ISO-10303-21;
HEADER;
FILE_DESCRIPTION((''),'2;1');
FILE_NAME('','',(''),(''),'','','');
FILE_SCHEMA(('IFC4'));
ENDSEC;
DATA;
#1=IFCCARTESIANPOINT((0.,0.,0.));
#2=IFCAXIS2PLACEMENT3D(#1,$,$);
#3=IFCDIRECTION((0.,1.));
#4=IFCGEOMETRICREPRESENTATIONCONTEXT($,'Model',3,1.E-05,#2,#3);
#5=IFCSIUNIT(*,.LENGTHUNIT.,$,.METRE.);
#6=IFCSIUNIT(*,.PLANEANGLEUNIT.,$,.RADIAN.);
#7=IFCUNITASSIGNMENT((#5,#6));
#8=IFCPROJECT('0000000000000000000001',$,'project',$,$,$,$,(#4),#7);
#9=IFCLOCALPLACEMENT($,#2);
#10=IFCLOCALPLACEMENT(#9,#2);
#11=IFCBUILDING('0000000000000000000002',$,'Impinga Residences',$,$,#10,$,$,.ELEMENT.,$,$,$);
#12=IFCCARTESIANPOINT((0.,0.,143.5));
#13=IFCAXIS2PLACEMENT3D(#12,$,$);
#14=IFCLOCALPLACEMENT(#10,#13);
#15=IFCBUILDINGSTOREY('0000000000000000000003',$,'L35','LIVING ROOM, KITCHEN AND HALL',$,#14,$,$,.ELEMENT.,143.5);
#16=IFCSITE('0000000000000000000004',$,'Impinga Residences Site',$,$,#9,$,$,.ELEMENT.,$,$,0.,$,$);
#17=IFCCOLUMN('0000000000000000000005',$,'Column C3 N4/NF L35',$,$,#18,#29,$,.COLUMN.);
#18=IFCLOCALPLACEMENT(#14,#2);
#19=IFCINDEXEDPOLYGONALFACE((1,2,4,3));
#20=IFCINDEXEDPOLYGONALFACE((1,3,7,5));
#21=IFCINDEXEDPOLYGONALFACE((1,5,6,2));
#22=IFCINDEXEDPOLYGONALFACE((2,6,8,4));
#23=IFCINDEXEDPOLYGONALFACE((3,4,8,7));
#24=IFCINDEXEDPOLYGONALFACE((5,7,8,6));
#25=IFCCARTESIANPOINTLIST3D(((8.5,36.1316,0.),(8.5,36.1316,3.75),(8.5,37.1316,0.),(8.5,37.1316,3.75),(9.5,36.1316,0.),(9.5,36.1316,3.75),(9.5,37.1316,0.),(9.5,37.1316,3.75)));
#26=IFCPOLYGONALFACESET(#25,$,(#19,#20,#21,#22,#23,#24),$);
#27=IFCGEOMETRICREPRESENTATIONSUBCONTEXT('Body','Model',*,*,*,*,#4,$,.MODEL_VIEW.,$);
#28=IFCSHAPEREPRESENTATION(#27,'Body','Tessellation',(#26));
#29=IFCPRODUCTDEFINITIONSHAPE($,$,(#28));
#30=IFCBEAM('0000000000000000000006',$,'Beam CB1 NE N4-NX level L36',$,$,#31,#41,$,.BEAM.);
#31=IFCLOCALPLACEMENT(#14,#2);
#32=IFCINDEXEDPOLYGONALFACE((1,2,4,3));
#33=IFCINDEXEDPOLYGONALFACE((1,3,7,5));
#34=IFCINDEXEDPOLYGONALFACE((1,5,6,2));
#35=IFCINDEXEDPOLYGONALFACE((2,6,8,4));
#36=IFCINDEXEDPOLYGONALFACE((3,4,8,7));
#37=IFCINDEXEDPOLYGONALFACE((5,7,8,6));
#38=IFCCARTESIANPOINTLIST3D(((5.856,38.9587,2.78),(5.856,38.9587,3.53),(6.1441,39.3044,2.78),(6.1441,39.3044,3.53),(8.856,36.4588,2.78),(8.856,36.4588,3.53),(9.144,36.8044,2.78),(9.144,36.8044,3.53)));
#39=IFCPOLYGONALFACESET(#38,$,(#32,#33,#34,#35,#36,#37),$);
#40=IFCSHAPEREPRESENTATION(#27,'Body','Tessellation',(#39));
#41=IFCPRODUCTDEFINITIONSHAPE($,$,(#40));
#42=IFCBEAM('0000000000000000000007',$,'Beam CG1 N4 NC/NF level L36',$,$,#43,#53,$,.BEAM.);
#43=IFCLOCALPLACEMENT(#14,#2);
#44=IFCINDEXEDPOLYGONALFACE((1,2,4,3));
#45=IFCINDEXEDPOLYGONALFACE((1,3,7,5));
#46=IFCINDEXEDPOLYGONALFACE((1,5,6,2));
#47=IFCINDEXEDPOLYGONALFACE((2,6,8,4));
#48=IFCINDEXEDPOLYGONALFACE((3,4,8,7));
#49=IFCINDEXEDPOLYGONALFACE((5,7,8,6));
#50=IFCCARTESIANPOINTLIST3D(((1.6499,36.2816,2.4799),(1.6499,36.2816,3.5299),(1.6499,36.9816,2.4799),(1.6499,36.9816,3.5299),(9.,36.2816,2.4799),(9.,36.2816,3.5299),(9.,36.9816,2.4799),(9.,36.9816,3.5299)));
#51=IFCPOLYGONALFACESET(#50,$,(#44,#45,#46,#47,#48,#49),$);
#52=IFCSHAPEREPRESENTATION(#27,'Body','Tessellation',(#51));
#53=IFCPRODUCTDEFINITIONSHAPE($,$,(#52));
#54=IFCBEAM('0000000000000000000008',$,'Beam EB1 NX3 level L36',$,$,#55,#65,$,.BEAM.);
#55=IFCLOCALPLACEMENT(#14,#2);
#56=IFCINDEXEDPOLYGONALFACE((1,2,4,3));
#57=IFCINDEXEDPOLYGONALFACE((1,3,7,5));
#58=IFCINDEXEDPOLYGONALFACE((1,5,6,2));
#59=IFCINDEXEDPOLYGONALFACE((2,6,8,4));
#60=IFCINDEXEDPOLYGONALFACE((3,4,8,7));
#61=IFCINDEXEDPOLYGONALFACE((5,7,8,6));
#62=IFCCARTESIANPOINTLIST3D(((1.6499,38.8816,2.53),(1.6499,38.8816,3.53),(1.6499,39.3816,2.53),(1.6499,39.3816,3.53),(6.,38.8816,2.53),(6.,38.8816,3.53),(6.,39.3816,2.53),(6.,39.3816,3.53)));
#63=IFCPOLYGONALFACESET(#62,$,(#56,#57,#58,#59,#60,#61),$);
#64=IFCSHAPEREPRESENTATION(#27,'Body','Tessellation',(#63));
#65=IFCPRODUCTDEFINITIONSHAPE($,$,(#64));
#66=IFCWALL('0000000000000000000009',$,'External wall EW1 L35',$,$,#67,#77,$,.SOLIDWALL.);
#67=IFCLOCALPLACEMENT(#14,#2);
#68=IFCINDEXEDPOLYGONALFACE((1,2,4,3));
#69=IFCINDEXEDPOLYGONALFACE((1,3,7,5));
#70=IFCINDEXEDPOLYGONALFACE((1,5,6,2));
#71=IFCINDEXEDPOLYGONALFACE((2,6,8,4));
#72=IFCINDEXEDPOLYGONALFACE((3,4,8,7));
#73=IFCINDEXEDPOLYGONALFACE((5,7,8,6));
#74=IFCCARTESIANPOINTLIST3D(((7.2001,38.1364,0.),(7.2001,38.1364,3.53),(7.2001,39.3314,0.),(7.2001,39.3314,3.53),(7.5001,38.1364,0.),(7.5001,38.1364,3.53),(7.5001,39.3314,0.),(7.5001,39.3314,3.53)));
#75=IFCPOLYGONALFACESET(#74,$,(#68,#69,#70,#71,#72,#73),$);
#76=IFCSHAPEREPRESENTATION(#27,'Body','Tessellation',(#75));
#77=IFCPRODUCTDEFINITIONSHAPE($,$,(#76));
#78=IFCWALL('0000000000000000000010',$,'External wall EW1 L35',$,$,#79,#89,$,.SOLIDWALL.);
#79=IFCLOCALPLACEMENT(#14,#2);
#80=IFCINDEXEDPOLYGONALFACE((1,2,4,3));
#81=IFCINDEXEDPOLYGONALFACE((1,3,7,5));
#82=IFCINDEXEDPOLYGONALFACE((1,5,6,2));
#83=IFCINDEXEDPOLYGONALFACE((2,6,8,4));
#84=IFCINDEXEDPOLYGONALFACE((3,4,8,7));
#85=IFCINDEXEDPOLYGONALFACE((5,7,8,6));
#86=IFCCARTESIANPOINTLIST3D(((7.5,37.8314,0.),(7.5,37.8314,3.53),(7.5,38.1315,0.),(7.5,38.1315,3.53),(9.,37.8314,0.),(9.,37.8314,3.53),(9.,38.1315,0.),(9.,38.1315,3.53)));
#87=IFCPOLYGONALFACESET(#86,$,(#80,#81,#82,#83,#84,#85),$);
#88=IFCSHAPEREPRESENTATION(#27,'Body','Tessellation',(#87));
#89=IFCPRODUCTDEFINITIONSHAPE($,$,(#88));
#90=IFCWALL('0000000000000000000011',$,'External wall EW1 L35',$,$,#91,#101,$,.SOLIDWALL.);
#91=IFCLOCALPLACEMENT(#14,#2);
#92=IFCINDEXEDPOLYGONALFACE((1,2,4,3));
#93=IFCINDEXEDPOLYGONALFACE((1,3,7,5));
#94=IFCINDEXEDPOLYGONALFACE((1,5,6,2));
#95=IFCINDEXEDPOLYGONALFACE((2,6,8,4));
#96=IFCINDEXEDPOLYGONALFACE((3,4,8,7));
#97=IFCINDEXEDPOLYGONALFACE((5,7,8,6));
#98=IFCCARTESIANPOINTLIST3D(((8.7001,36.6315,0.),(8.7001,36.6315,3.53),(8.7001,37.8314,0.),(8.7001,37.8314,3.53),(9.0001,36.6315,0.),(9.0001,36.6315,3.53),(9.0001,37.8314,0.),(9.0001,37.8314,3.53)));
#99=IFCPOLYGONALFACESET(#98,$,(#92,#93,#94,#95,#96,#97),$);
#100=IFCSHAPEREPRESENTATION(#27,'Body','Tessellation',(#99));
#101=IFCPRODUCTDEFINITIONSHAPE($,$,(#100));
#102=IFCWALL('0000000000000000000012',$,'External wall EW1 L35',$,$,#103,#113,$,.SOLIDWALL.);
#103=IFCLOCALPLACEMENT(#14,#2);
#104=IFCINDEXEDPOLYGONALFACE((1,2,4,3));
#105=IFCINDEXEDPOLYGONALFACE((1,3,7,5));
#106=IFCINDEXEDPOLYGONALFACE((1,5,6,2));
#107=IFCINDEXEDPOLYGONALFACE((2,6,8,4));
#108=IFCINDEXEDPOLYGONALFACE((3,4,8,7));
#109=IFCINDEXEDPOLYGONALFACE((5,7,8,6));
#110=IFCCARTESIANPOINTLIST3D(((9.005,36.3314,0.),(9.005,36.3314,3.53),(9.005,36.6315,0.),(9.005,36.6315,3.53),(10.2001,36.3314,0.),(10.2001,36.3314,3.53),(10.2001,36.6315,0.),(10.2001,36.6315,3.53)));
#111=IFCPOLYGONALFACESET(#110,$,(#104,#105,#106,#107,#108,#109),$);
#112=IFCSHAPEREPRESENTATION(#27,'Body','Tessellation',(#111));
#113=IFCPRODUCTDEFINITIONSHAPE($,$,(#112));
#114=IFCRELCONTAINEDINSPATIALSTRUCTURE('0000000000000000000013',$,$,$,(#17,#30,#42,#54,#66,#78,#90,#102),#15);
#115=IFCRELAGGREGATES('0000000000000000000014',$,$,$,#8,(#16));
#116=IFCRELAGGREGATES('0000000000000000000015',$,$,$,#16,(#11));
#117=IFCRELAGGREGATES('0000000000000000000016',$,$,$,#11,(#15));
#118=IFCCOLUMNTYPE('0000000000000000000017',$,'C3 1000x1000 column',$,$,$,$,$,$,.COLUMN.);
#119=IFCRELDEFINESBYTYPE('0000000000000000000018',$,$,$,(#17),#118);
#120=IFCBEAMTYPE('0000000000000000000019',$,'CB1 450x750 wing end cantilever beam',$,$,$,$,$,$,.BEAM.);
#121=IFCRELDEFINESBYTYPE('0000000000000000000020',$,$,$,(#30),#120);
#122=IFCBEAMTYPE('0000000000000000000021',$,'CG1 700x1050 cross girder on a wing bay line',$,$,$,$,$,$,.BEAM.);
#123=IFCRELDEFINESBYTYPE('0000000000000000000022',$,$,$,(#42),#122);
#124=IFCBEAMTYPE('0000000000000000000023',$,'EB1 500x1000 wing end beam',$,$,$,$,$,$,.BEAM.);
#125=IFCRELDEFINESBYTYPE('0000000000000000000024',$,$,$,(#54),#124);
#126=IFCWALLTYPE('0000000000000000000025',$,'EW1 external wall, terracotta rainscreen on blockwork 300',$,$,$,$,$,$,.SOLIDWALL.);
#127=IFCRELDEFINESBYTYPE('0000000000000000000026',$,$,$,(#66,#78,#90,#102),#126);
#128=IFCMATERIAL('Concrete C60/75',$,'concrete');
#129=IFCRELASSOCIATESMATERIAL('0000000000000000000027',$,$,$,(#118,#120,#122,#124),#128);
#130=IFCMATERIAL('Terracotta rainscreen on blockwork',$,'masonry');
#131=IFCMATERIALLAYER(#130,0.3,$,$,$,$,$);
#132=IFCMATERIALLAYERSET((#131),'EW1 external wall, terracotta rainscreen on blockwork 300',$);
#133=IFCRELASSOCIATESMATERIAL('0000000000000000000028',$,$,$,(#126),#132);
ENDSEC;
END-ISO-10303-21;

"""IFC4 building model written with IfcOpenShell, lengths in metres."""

from ifc_helpers import new_model, si_unit, direction, frame, frame_2d, origin, origin_2d, place, context, subcontext, project, spatial, rectangle, extrude, material, layer, layer_set, material_profile, profile_set, type_object, element, save


model = new_model("IFC4")

# Units and contexts
model_context = context("Model", 3, precision=1e-05, world=origin(), true_north=direction((0.0, 1.0)))
body_context = subcontext(model_context, "Body", "Model", "MODEL_VIEW")
ifc_project = project(units=[si_unit("LENGTHUNIT", "METRE"), si_unit("PLANEANGLEUNIT", "RADIAN")], contexts=[model_context])

# Site, building, storey
site_placement = place(None, origin())
site = spatial("IfcSite", under=ifc_project, at=site_placement, Name="Impinga Residences Site", CompositionType="ELEMENT", RefElevation=0.0)
building_placement = place(site_placement, origin())
building = spatial("IfcBuilding", under=site, at=building_placement, Name="Impinga Residences", CompositionType="ELEMENT")
storey_placement = place(building_placement, frame((0.0, 0.0, 143.5)))
storey = spatial("IfcBuildingStorey", under=building, at=storey_placement, Name="L35", Description="LIVING ROOM, KITCHEN AND HALL", CompositionType="ELEMENT", Elevation=143.5)

# Column
ifc_material_1 = material(Name="Concrete C60/75", Category="concrete")
ifc_material_profile_1 = material_profile(ifc_material_1, rectangle(XDim=1.0, YDim=1.0, at=origin_2d()), Name="RC 1000x1000")
ifc_profile_set_1 = profile_set([ifc_material_profile_1], Name="Concrete C60/75")
column_type = type_object("IfcColumnType", Name="C3 1000x1000 column", PredefinedType="COLUMN", material=ifc_profile_set_1)
column_placement = place(storey_placement, frame((9.0, 36.6316, 0.0), z_axis=(0.0, 0.0, 1.0), x_axis=(1.0, 0.0, 0.0)))
element("IfcColumn", 1, at=column_placement, inside=storey, type_object=column_type, Name="Column C3 N4/NF L35", PredefinedType="COLUMN", context=body_context, shape_type="SweptSolid", body=[
    extrude(rectangle(XDim=1.0, YDim=1.0, at=origin_2d()), origin(), (0.0, 0.0, 1.0), 3.75),
])

# Beams
ifc_material_profile_2 = material_profile(ifc_material_1, rectangle(XDim=0.45, YDim=0.75, at=origin_2d()), Name="RC 450x750")
ifc_profile_set_2 = profile_set([ifc_material_profile_2], Name="Concrete C60/75")
beam_type_1 = type_object("IfcBeamType", Name="CB1 450x750 wing end cantilever beam", PredefinedType="BEAM", material=ifc_profile_set_2)
beam_1_placement = place(storey_placement, frame((9.0, 36.6316, 3.155), z_axis=(-0.768221, 0.640184, 0.0), x_axis=(-0.640184, -0.768221, 0.0)))
element("IfcBeam", 2, at=beam_1_placement, inside=storey, type_object=beam_type_1, Name="Beam CB1 NE N4-NX level L36", PredefinedType="BEAM", context=body_context, shape_type="SweptSolid", body=[
    extrude(rectangle(XDim=0.45, YDim=0.75, at=origin_2d()), origin(), (0.0, 0.0, 1.0), 3.905),
])
ifc_material_profile_3 = material_profile(ifc_material_1, rectangle(XDim=0.7, YDim=1.05, at=origin_2d()), Name="RC 700x1050")
ifc_profile_set_3 = profile_set([ifc_material_profile_3], Name="Concrete C60/75")
beam_type_2 = type_object("IfcBeamType", Name="CG1 700x1050 cross girder on a wing bay line", PredefinedType="BEAM", material=ifc_profile_set_3)
beam_2_placement = place(storey_placement, frame((1.6499, 36.6316, 3.0049), z_axis=(1.0, 0.0, 0.0), x_axis=(0.0, 1.0, 0.0)))
element("IfcBeam", 3, at=beam_2_placement, inside=storey, type_object=beam_type_2, Name="Beam CG1 N4 NC/NF level L36", PredefinedType="BEAM", context=body_context, shape_type="SweptSolid", body=[
    extrude(rectangle(XDim=0.7, YDim=1.05, at=origin_2d()), origin(), (0.0, 0.0, 1.0), 7.3501),
])
ifc_material_profile_4 = material_profile(ifc_material_1, rectangle(XDim=0.5, YDim=1.0, at=origin_2d()), Name="RC 500x1000")
ifc_profile_set_4 = profile_set([ifc_material_profile_4], Name="Concrete C60/75")
beam_type_3 = type_object("IfcBeamType", Name="EB1 500x1000 wing end beam", PredefinedType="BEAM", material=ifc_profile_set_4)
beam_3_placement = place(storey_placement, frame((1.6499, 39.1316, 3.03), z_axis=(1.0, 0.0, 0.0), x_axis=(0.0, 1.0, 0.0)))
element("IfcBeam", 4, at=beam_3_placement, inside=storey, type_object=beam_type_3, Name="Beam EB1 NX3 level L36", PredefinedType="BEAM", context=body_context, shape_type="SweptSolid", body=[
    extrude(rectangle(XDim=0.5, YDim=1.0, at=origin_2d()), origin(), (0.0, 0.0, 1.0), 4.3501),
])

# Walls
ifc_material_2 = material(Name="Terracotta rainscreen on blockwork", Category="masonry")
ifc_layer_1 = layer(ifc_material_2, 0.3)
ifc_layer_set_1 = layer_set([ifc_layer_1], Name="EW1 external wall, terracotta rainscreen on blockwork 300")
wall_type_1 = type_object("IfcWallType", Name="EW1 external wall, terracotta rainscreen on blockwork 300", PredefinedType="SOLIDWALL", material=ifc_layer_set_1)
wall_1_placement = place(storey_placement, frame((7.3501, 39.3315, 0.0), z_axis=(0.0, 0.0, 1.0), x_axis=(0.0, -1.0, 0.0)))
element("IfcWall", 5, at=wall_1_placement, inside=storey, type_object=wall_type_1, Name="External wall EW1 L35", PredefinedType="SOLIDWALL", context=body_context, shape_type="SweptSolid", body=[
    extrude(rectangle(XDim=1.1951, YDim=0.3, at=frame_2d((0.5977, 0.0))), origin(), (0.0, 0.0, 1.0), 3.53),
])
wall_2_placement = place(storey_placement, frame((7.5, 37.9814, 0.0), z_axis=(0.0, 0.0, 1.0), x_axis=(1.0, 0.0, 0.0)))
element("IfcWall", 6, at=wall_2_placement, inside=storey, type_object=wall_type_1, Name="External wall EW1 L35", PredefinedType="SOLIDWALL", context=body_context, shape_type="SweptSolid", body=[
    extrude(rectangle(XDim=1.5, YDim=0.3, at=frame_2d((0.75, 0.0))), origin(), (0.0, 0.0, 1.0), 3.53),
])
wall_3_placement = place(storey_placement, frame((8.8501, 37.8315, 0.0), z_axis=(0.0, 0.0, 1.0), x_axis=(0.0, -1.0, 0.0)))
element("IfcWall", 7, at=wall_3_placement, inside=storey, type_object=wall_type_1, Name="External wall EW1 L35", PredefinedType="SOLIDWALL", context=body_context, shape_type="SweptSolid", body=[
    extrude(rectangle(XDim=1.2, YDim=0.3, at=frame_2d((0.6001, 0.0))), origin(), (0.0, 0.0, 1.0), 3.53),
])
wall_4_placement = place(storey_placement, frame((9.0049, 36.4814, 0.0), z_axis=(0.0, 0.0, 1.0), x_axis=(1.0, 0.0, 0.0)))
element("IfcWall", 8, at=wall_4_placement, inside=storey, type_object=wall_type_1, Name="External wall EW1 L35", PredefinedType="SOLIDWALL", context=body_context, shape_type="SweptSolid", body=[
    extrude(rectangle(XDim=1.1951, YDim=0.3, at=frame_2d((0.5977, 0.0))), origin(), (0.0, 0.0, 1.0), 3.53),
])

save(model, "model.ifc")
